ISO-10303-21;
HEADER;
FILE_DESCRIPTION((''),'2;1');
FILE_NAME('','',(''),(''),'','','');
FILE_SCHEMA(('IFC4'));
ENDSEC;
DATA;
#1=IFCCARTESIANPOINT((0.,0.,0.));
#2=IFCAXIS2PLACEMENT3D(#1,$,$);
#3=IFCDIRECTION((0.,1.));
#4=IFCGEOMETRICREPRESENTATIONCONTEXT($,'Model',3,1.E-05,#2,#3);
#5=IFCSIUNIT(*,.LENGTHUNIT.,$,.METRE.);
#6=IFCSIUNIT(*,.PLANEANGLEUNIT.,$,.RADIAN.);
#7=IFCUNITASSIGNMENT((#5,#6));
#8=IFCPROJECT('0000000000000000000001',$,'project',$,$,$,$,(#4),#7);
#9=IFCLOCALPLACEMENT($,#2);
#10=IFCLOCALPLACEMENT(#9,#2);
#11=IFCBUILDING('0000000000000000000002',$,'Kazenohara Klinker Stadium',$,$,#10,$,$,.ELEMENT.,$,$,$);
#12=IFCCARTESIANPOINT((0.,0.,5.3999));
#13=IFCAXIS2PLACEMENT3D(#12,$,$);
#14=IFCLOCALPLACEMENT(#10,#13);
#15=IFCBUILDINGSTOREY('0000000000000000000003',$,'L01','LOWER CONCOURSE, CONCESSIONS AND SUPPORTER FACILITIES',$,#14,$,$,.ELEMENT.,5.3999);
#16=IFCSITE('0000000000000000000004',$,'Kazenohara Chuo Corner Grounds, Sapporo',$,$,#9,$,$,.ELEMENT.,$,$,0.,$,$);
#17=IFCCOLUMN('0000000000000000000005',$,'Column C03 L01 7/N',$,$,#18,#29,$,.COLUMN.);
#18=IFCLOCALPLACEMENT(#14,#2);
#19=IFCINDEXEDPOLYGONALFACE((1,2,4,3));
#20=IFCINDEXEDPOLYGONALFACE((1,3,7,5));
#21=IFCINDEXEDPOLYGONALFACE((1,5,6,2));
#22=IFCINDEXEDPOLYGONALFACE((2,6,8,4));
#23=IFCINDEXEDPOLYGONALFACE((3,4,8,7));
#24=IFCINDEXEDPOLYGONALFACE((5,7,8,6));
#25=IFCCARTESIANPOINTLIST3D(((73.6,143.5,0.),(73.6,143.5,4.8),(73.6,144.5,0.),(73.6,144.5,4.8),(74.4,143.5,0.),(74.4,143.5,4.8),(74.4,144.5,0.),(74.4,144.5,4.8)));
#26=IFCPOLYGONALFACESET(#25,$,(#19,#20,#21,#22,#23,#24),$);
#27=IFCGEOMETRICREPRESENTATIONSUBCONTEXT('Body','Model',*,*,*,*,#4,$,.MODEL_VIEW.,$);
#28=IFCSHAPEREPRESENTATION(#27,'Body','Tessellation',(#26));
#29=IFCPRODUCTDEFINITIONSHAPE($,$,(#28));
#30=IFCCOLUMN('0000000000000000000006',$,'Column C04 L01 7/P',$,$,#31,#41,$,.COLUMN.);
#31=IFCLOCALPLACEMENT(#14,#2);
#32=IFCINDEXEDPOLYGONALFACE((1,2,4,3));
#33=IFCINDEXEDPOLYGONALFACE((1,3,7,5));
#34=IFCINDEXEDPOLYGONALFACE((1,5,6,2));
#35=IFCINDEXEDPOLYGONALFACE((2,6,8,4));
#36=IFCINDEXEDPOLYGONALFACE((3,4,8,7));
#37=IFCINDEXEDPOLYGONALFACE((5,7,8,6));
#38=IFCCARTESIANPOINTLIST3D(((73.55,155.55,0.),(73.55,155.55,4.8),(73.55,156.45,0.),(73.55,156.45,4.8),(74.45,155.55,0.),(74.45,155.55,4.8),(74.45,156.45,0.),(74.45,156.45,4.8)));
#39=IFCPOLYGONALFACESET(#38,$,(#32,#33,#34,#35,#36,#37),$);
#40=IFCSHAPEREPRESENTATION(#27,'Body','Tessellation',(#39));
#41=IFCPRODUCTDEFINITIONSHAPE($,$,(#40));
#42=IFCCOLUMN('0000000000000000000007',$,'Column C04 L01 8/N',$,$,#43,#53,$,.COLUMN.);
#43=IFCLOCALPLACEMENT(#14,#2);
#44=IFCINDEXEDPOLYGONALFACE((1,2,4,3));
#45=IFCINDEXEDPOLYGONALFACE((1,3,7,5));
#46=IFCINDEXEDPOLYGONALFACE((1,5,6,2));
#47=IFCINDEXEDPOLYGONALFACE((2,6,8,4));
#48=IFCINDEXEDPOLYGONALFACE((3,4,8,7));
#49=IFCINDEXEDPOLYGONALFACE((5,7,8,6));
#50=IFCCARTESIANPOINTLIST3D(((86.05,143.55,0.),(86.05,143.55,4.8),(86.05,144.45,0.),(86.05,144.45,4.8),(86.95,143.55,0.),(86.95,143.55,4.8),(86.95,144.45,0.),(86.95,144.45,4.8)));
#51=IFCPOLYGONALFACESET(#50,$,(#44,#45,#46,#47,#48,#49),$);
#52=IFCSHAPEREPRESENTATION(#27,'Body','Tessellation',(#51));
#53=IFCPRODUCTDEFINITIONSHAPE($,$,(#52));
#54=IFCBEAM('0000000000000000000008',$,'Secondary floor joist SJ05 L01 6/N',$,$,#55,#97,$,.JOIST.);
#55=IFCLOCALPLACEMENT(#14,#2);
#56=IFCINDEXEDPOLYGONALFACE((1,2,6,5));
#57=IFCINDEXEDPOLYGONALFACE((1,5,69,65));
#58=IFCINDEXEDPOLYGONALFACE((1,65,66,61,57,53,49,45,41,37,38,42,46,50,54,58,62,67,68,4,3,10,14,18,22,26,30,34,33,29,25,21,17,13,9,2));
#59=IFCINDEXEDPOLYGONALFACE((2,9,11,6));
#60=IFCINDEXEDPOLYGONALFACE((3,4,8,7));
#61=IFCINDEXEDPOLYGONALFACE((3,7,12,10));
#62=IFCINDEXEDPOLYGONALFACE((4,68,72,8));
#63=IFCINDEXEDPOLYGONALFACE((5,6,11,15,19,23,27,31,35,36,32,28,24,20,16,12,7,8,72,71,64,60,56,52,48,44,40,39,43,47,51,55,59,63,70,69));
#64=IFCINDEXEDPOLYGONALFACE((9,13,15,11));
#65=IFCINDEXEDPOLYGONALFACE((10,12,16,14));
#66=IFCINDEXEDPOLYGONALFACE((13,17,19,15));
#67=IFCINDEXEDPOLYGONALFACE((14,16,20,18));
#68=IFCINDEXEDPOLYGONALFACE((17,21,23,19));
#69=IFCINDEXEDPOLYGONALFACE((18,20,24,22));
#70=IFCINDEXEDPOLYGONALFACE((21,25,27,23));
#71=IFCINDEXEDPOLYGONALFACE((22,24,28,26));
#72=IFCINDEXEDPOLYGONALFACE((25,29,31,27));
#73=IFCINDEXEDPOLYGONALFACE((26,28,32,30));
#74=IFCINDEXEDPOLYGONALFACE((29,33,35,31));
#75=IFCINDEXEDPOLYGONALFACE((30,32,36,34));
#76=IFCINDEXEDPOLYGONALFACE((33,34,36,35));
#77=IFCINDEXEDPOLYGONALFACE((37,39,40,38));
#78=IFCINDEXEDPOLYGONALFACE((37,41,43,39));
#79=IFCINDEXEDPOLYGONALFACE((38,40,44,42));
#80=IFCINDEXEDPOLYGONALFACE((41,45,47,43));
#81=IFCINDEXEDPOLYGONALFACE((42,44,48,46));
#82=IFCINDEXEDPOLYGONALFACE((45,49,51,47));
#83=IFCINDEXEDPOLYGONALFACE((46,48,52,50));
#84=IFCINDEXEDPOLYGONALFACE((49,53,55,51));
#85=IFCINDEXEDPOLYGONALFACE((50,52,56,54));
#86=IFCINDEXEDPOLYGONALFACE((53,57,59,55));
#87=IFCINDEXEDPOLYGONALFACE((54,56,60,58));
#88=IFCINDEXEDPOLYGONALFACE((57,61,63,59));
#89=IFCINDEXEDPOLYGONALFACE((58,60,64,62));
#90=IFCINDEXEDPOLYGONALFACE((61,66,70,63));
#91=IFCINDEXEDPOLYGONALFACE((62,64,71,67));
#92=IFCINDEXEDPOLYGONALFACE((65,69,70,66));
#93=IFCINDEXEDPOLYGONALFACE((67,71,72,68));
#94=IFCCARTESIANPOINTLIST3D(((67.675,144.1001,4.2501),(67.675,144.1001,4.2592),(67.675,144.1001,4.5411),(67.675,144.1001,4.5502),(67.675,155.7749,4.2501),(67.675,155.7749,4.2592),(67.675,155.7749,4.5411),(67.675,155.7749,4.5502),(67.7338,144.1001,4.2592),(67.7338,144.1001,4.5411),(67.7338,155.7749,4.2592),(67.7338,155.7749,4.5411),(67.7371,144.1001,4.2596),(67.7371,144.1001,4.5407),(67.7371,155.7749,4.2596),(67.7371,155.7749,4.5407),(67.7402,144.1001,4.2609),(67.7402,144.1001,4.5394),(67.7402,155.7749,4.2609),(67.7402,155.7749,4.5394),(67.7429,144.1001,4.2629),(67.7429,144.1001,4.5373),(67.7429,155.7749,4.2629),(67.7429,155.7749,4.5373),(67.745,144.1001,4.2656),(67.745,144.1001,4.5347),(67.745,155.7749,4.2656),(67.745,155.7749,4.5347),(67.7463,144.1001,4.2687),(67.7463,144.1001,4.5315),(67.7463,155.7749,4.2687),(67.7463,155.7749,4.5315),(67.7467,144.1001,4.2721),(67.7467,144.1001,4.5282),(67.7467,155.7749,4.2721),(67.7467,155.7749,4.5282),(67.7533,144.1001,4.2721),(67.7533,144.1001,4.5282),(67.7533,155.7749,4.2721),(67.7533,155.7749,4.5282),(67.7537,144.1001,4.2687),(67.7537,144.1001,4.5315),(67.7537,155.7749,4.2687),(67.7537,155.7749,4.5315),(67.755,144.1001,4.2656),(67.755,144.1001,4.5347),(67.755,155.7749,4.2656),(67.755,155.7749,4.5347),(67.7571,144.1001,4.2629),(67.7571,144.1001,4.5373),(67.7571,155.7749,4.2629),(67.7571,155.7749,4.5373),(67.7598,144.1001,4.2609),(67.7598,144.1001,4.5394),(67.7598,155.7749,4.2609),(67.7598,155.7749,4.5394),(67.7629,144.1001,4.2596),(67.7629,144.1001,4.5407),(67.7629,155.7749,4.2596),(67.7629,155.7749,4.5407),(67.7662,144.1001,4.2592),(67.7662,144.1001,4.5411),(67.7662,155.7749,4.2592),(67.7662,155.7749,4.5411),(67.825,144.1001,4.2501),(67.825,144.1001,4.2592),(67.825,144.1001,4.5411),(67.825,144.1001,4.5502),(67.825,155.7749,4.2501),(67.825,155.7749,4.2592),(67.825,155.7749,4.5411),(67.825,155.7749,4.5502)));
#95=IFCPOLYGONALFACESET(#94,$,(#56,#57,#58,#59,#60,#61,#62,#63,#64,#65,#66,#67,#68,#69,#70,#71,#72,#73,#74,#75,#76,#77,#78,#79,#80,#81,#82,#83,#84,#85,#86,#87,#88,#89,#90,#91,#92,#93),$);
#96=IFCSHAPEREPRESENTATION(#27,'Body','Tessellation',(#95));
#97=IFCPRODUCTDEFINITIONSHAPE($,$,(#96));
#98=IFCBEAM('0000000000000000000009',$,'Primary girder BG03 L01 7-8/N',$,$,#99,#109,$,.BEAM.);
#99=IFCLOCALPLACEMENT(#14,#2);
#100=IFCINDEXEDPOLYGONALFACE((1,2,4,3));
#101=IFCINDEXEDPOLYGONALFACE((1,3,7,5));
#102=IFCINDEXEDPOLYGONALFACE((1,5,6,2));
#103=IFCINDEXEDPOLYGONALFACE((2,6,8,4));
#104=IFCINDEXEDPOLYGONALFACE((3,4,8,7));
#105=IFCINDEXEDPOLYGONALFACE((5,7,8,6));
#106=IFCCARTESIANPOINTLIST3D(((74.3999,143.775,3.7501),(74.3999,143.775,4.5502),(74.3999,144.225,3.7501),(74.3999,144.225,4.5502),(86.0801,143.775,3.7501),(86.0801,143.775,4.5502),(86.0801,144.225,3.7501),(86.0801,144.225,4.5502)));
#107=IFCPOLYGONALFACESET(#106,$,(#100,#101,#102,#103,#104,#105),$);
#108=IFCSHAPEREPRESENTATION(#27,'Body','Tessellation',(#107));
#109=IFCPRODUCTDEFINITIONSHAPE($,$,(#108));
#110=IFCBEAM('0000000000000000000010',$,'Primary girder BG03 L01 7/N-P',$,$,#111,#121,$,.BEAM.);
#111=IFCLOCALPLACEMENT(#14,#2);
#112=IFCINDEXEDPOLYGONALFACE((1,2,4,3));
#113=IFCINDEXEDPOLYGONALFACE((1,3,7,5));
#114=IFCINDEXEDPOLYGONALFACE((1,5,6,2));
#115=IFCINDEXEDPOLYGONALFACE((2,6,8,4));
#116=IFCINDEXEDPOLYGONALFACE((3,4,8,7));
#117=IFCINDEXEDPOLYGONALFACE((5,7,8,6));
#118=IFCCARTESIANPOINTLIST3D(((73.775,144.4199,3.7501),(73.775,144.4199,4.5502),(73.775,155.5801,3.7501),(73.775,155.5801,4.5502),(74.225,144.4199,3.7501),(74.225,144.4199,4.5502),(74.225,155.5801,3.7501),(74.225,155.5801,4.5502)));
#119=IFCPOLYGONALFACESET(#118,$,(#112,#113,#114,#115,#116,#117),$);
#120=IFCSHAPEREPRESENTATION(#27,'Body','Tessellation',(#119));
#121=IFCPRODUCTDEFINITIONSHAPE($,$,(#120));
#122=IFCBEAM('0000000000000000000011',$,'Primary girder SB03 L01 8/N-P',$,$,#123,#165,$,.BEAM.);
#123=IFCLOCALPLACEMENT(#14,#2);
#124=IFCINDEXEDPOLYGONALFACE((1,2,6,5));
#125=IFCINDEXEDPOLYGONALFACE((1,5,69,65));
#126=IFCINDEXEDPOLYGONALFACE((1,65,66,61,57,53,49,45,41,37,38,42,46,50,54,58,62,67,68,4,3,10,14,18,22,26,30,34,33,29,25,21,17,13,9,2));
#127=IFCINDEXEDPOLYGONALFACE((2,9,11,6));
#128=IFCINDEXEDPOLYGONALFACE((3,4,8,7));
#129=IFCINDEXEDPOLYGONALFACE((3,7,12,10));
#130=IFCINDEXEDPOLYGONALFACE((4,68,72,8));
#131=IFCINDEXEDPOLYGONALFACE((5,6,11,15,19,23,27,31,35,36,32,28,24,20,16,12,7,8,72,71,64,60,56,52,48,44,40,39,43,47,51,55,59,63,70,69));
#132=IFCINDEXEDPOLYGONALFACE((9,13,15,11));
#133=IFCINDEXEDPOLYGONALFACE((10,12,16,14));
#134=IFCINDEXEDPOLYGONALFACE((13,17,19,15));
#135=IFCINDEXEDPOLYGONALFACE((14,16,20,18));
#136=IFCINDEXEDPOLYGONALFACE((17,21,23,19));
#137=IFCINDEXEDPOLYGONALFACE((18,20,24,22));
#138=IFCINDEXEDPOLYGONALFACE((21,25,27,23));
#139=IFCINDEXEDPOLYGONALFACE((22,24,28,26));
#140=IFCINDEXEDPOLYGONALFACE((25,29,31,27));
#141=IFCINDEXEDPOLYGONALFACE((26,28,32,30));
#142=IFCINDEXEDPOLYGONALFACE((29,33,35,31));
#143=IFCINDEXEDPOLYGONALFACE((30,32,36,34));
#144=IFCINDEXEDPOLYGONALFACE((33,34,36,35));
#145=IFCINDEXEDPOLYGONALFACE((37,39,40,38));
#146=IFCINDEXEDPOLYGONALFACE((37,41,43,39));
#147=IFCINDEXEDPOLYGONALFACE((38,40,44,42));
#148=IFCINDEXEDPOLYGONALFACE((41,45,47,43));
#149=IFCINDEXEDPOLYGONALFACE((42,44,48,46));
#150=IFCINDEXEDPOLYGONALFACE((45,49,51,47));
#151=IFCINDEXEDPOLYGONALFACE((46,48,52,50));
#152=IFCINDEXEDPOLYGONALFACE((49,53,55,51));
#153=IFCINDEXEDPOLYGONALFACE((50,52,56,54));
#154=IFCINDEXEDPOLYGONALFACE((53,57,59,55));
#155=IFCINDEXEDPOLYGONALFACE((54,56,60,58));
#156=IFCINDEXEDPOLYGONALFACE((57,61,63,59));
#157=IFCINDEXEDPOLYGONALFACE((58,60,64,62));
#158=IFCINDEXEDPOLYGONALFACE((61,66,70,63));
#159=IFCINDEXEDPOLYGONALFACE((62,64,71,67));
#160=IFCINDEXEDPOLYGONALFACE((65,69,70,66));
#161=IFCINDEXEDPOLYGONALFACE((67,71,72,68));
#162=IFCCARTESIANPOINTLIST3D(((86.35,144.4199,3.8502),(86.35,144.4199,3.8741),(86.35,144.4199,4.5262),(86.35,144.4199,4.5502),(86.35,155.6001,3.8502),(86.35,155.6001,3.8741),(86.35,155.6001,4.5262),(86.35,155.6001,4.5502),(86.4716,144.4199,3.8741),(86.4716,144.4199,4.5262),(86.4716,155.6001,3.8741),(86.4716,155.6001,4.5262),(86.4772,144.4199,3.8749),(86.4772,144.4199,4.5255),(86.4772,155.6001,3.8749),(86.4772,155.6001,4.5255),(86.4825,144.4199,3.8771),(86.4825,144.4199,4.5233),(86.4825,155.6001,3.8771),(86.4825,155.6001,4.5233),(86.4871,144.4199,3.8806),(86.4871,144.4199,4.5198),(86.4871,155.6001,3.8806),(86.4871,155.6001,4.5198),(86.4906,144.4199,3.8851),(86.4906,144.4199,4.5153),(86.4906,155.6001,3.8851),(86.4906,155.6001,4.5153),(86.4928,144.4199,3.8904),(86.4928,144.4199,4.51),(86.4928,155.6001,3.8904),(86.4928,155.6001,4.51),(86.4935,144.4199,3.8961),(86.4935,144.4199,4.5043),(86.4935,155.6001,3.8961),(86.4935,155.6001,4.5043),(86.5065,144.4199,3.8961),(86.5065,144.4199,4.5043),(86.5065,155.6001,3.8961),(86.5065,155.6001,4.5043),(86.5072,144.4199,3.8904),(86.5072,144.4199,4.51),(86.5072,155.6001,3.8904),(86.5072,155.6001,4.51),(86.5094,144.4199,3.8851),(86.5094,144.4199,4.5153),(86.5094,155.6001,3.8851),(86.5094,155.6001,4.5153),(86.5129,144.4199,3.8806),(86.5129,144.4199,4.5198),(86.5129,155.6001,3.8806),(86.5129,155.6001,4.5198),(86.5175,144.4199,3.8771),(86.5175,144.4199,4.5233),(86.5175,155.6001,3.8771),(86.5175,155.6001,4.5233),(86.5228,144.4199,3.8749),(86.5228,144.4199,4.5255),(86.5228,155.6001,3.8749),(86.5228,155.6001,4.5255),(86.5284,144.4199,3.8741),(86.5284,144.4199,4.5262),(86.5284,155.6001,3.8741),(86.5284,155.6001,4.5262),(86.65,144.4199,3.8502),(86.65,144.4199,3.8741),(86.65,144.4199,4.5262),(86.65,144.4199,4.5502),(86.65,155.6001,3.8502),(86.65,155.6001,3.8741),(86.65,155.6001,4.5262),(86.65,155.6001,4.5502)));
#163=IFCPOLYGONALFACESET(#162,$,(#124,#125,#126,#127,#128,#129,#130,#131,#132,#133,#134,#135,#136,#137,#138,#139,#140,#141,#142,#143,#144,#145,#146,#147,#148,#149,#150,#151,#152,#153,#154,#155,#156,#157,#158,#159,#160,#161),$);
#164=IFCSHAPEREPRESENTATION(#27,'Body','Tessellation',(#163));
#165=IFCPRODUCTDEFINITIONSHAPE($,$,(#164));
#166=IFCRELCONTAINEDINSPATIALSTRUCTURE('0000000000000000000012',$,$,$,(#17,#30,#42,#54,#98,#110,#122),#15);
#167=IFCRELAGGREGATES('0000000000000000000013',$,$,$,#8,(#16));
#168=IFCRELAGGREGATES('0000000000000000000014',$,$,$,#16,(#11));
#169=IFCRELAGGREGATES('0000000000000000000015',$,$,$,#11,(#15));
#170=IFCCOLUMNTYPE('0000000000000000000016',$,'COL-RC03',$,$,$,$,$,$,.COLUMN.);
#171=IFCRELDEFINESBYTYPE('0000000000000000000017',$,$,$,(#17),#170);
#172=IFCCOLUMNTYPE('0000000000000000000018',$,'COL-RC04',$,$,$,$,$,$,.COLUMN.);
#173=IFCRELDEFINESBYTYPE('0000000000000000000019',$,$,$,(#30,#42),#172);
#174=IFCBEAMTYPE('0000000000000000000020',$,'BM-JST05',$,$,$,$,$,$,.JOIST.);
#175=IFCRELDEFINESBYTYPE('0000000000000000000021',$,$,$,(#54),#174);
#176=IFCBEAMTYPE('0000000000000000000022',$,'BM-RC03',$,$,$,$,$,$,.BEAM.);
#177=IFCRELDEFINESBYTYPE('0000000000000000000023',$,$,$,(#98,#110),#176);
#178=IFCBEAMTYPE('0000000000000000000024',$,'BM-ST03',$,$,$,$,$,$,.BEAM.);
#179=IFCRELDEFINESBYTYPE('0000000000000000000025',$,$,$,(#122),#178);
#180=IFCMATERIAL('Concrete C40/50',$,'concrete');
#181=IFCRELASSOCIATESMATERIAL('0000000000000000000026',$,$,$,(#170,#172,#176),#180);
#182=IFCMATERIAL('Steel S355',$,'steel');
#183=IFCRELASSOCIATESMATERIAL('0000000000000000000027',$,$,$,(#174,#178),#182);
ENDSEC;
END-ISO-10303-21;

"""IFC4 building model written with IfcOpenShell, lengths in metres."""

from ifc_helpers import new_model, si_unit, direction, frame, origin, origin_2d, place, context, subcontext, project, spatial, rectangle, i_section, extrude, material, material_profile, profile_set, type_object, element, save


model = new_model("IFC4")

# Units and contexts
model_context = context("Model", 3, precision=1e-05, world=origin(), true_north=direction((0.0, 1.0)))
body_context = subcontext(model_context, "Body", "Model", "MODEL_VIEW")
ifc_project = project(units=[si_unit("LENGTHUNIT", "METRE"), si_unit("PLANEANGLEUNIT", "RADIAN")], contexts=[model_context])

# Site, building, storey
site_placement = place(None, origin())
site = spatial("IfcSite", under=ifc_project, at=site_placement, Name="Kazenohara Chuo Corner Grounds, Sapporo", CompositionType="ELEMENT", RefElevation=0.0)
building_placement = place(site_placement, origin())
building = spatial("IfcBuilding", under=site, at=building_placement, Name="Kazenohara Klinker Stadium", CompositionType="ELEMENT")
storey_placement = place(building_placement, frame((0.0, 0.0, 5.3999)))
storey = spatial("IfcBuildingStorey", under=building, at=storey_placement, Name="L01", Description="LOWER CONCOURSE, CONCESSIONS AND SUPPORTER FACILITIES", CompositionType="ELEMENT", Elevation=5.3999)

# Columns
ifc_material_1 = material(Name="Concrete C40/50", Category="concrete")
ifc_material_profile_1 = material_profile(ifc_material_1, rectangle(XDim=0.8, YDim=1.0, at=origin_2d()), Name="RC-COL-1000x800")
ifc_profile_set_1 = profile_set([ifc_material_profile_1], Name="Concrete C40/50")
column_type_1 = type_object("IfcColumnType", Name="COL-RC03", PredefinedType="COLUMN", material=ifc_profile_set_1)
column_placement = place(storey_placement, frame((74.0, 144.0, 0.0), z_axis=(0.0, 0.0, 1.0), x_axis=(1.0, 0.0, 0.0)))
element("IfcColumn", 1, at=column_placement, inside=storey, type_object=column_type_1, Name="Column C03 L01 7/N", PredefinedType="COLUMN", context=body_context, shape_type="SweptSolid", body=[
    extrude(rectangle(XDim=0.8, YDim=1.0, at=origin_2d()), origin(), (0.0, 0.0, 1.0), 4.8),
])
ifc_material_profile_2 = material_profile(ifc_material_1, rectangle(XDim=0.8999, YDim=0.8999, at=origin_2d()), Name="RC-COL-900x900")
ifc_profile_set_2 = profile_set([ifc_material_profile_2], Name="Concrete C40/50")
column_type_2 = type_object("IfcColumnType", Name="COL-RC04", PredefinedType="COLUMN", material=ifc_profile_set_2)
for number, where, z_axis, x_axis, name in (
    (2, (74.0, 156.0, 0.0), (0.0, 0.0, 1.0), (1.0, 0.0, 0.0), "Column C04 L01 7/P"),
    (3, (86.5, 144.0, 0.0), (0.0, 0.0, 1.0), (1.0, 0.0, 0.0), "Column C04 L01 8/N"),
):
    element("IfcColumn", number, at=place(storey_placement, frame(where, z_axis=z_axis, x_axis=x_axis)), inside=storey, type_object=column_type_2, Name=name, PredefinedType="COLUMN", context=body_context, shape_type="SweptSolid", body=[
        extrude(rectangle(XDim=0.8999, YDim=0.8999, at=origin_2d()), origin(), (0.0, 0.0, 1.0), 4.8),
    ])

# Beams
ifc_material_2 = material(Name="Steel S355", Category="steel")
ifc_material_profile_3 = material_profile(ifc_material_2, i_section(OverallWidth=0.1499, OverallDepth=0.3, WebThickness=0.0066, FlangeThickness=0.009, FilletRadius=0.0129, at=origin_2d()), Name="H-300x150x6.5x9")
ifc_profile_set_3 = profile_set([ifc_material_profile_3], Name="Steel S355")
beam_type_1 = type_object("IfcBeamType", Name="BM-JST05", PredefinedType="JOIST", material=ifc_profile_set_3)
beam_1_placement = place(storey_placement, frame((67.75, 144.1001, 4.4001), z_axis=(0.0, 1.0, 0.0), x_axis=(-1.0, 0.0, 0.0)))
element("IfcBeam", 4, at=beam_1_placement, inside=storey, type_object=beam_type_1, Name="Secondary floor joist SJ05 L01 6/N", PredefinedType="JOIST", context=body_context, shape_type="SweptSolid", body=[
    extrude(i_section(OverallWidth=0.1499, OverallDepth=0.3, WebThickness=0.0066, FlangeThickness=0.009, FilletRadius=0.0129, at=origin_2d()), origin(), (0.0, 0.0, 1.0), 11.6748),
])
ifc_material_profile_4 = material_profile(ifc_material_1, rectangle(XDim=0.45, YDim=0.8, at=origin_2d()), Name="RC-BM-450x800")
ifc_profile_set_4 = profile_set([ifc_material_profile_4], Name="Concrete C40/50")
beam_type_2 = type_object("IfcBeamType", Name="BM-RC03", PredefinedType="BEAM", material=ifc_profile_set_4)
beam_2_placement = place(storey_placement, frame((74.3999, 144.0, 4.1501), z_axis=(1.0, 0.0, 0.0), x_axis=(0.0, 1.0, 0.0)))
element("IfcBeam", 5, at=beam_2_placement, inside=storey, type_object=beam_type_2, Name="Primary girder BG03 L01 7-8/N", PredefinedType="BEAM", context=body_context, shape_type="SweptSolid", body=[
    extrude(rectangle(XDim=0.45, YDim=0.8, at=origin_2d()), origin(), (0.0, 0.0, 1.0), 11.6802),
])
beam_3_placement = place(storey_placement, frame((74.0, 144.4199, 4.1501), z_axis=(0.0, 1.0, 0.0), x_axis=(-1.0, 0.0, 0.0)))
element("IfcBeam", 6, at=beam_3_placement, inside=storey, type_object=beam_type_2, Name="Primary girder BG03 L01 7/N-P", PredefinedType="BEAM", context=body_context, shape_type="SweptSolid", body=[
    extrude(rectangle(XDim=0.45, YDim=0.8, at=origin_2d()), origin(), (0.0, 0.0, 1.0), 11.1602),
])
ifc_material_profile_5 = material_profile(ifc_material_2, i_section(OverallWidth=0.3, OverallDepth=0.7, WebThickness=0.0129, FlangeThickness=0.0239, FilletRadius=0.022, at=origin_2d()), Name="H-700x300x13x24")
ifc_profile_set_5 = profile_set([ifc_material_profile_5], Name="Steel S355")
beam_type_3 = type_object("IfcBeamType", Name="BM-ST03", PredefinedType="BEAM", material=ifc_profile_set_5)
beam_4_placement = place(storey_placement, frame((86.5, 144.4199, 4.2002), z_axis=(0.0, 1.0, 0.0), x_axis=(-1.0, 0.0, 0.0)))
element("IfcBeam", 7, at=beam_4_placement, inside=storey, type_object=beam_type_3, Name="Primary girder SB03 L01 8/N-P", PredefinedType="BEAM", context=body_context, shape_type="SweptSolid", body=[
    extrude(i_section(OverallWidth=0.3, OverallDepth=0.7, WebThickness=0.0129, FlangeThickness=0.0239, FilletRadius=0.022, at=origin_2d()), origin(), (0.0, 0.0, 1.0), 11.1802),
])

save(model, "model.ifc")
